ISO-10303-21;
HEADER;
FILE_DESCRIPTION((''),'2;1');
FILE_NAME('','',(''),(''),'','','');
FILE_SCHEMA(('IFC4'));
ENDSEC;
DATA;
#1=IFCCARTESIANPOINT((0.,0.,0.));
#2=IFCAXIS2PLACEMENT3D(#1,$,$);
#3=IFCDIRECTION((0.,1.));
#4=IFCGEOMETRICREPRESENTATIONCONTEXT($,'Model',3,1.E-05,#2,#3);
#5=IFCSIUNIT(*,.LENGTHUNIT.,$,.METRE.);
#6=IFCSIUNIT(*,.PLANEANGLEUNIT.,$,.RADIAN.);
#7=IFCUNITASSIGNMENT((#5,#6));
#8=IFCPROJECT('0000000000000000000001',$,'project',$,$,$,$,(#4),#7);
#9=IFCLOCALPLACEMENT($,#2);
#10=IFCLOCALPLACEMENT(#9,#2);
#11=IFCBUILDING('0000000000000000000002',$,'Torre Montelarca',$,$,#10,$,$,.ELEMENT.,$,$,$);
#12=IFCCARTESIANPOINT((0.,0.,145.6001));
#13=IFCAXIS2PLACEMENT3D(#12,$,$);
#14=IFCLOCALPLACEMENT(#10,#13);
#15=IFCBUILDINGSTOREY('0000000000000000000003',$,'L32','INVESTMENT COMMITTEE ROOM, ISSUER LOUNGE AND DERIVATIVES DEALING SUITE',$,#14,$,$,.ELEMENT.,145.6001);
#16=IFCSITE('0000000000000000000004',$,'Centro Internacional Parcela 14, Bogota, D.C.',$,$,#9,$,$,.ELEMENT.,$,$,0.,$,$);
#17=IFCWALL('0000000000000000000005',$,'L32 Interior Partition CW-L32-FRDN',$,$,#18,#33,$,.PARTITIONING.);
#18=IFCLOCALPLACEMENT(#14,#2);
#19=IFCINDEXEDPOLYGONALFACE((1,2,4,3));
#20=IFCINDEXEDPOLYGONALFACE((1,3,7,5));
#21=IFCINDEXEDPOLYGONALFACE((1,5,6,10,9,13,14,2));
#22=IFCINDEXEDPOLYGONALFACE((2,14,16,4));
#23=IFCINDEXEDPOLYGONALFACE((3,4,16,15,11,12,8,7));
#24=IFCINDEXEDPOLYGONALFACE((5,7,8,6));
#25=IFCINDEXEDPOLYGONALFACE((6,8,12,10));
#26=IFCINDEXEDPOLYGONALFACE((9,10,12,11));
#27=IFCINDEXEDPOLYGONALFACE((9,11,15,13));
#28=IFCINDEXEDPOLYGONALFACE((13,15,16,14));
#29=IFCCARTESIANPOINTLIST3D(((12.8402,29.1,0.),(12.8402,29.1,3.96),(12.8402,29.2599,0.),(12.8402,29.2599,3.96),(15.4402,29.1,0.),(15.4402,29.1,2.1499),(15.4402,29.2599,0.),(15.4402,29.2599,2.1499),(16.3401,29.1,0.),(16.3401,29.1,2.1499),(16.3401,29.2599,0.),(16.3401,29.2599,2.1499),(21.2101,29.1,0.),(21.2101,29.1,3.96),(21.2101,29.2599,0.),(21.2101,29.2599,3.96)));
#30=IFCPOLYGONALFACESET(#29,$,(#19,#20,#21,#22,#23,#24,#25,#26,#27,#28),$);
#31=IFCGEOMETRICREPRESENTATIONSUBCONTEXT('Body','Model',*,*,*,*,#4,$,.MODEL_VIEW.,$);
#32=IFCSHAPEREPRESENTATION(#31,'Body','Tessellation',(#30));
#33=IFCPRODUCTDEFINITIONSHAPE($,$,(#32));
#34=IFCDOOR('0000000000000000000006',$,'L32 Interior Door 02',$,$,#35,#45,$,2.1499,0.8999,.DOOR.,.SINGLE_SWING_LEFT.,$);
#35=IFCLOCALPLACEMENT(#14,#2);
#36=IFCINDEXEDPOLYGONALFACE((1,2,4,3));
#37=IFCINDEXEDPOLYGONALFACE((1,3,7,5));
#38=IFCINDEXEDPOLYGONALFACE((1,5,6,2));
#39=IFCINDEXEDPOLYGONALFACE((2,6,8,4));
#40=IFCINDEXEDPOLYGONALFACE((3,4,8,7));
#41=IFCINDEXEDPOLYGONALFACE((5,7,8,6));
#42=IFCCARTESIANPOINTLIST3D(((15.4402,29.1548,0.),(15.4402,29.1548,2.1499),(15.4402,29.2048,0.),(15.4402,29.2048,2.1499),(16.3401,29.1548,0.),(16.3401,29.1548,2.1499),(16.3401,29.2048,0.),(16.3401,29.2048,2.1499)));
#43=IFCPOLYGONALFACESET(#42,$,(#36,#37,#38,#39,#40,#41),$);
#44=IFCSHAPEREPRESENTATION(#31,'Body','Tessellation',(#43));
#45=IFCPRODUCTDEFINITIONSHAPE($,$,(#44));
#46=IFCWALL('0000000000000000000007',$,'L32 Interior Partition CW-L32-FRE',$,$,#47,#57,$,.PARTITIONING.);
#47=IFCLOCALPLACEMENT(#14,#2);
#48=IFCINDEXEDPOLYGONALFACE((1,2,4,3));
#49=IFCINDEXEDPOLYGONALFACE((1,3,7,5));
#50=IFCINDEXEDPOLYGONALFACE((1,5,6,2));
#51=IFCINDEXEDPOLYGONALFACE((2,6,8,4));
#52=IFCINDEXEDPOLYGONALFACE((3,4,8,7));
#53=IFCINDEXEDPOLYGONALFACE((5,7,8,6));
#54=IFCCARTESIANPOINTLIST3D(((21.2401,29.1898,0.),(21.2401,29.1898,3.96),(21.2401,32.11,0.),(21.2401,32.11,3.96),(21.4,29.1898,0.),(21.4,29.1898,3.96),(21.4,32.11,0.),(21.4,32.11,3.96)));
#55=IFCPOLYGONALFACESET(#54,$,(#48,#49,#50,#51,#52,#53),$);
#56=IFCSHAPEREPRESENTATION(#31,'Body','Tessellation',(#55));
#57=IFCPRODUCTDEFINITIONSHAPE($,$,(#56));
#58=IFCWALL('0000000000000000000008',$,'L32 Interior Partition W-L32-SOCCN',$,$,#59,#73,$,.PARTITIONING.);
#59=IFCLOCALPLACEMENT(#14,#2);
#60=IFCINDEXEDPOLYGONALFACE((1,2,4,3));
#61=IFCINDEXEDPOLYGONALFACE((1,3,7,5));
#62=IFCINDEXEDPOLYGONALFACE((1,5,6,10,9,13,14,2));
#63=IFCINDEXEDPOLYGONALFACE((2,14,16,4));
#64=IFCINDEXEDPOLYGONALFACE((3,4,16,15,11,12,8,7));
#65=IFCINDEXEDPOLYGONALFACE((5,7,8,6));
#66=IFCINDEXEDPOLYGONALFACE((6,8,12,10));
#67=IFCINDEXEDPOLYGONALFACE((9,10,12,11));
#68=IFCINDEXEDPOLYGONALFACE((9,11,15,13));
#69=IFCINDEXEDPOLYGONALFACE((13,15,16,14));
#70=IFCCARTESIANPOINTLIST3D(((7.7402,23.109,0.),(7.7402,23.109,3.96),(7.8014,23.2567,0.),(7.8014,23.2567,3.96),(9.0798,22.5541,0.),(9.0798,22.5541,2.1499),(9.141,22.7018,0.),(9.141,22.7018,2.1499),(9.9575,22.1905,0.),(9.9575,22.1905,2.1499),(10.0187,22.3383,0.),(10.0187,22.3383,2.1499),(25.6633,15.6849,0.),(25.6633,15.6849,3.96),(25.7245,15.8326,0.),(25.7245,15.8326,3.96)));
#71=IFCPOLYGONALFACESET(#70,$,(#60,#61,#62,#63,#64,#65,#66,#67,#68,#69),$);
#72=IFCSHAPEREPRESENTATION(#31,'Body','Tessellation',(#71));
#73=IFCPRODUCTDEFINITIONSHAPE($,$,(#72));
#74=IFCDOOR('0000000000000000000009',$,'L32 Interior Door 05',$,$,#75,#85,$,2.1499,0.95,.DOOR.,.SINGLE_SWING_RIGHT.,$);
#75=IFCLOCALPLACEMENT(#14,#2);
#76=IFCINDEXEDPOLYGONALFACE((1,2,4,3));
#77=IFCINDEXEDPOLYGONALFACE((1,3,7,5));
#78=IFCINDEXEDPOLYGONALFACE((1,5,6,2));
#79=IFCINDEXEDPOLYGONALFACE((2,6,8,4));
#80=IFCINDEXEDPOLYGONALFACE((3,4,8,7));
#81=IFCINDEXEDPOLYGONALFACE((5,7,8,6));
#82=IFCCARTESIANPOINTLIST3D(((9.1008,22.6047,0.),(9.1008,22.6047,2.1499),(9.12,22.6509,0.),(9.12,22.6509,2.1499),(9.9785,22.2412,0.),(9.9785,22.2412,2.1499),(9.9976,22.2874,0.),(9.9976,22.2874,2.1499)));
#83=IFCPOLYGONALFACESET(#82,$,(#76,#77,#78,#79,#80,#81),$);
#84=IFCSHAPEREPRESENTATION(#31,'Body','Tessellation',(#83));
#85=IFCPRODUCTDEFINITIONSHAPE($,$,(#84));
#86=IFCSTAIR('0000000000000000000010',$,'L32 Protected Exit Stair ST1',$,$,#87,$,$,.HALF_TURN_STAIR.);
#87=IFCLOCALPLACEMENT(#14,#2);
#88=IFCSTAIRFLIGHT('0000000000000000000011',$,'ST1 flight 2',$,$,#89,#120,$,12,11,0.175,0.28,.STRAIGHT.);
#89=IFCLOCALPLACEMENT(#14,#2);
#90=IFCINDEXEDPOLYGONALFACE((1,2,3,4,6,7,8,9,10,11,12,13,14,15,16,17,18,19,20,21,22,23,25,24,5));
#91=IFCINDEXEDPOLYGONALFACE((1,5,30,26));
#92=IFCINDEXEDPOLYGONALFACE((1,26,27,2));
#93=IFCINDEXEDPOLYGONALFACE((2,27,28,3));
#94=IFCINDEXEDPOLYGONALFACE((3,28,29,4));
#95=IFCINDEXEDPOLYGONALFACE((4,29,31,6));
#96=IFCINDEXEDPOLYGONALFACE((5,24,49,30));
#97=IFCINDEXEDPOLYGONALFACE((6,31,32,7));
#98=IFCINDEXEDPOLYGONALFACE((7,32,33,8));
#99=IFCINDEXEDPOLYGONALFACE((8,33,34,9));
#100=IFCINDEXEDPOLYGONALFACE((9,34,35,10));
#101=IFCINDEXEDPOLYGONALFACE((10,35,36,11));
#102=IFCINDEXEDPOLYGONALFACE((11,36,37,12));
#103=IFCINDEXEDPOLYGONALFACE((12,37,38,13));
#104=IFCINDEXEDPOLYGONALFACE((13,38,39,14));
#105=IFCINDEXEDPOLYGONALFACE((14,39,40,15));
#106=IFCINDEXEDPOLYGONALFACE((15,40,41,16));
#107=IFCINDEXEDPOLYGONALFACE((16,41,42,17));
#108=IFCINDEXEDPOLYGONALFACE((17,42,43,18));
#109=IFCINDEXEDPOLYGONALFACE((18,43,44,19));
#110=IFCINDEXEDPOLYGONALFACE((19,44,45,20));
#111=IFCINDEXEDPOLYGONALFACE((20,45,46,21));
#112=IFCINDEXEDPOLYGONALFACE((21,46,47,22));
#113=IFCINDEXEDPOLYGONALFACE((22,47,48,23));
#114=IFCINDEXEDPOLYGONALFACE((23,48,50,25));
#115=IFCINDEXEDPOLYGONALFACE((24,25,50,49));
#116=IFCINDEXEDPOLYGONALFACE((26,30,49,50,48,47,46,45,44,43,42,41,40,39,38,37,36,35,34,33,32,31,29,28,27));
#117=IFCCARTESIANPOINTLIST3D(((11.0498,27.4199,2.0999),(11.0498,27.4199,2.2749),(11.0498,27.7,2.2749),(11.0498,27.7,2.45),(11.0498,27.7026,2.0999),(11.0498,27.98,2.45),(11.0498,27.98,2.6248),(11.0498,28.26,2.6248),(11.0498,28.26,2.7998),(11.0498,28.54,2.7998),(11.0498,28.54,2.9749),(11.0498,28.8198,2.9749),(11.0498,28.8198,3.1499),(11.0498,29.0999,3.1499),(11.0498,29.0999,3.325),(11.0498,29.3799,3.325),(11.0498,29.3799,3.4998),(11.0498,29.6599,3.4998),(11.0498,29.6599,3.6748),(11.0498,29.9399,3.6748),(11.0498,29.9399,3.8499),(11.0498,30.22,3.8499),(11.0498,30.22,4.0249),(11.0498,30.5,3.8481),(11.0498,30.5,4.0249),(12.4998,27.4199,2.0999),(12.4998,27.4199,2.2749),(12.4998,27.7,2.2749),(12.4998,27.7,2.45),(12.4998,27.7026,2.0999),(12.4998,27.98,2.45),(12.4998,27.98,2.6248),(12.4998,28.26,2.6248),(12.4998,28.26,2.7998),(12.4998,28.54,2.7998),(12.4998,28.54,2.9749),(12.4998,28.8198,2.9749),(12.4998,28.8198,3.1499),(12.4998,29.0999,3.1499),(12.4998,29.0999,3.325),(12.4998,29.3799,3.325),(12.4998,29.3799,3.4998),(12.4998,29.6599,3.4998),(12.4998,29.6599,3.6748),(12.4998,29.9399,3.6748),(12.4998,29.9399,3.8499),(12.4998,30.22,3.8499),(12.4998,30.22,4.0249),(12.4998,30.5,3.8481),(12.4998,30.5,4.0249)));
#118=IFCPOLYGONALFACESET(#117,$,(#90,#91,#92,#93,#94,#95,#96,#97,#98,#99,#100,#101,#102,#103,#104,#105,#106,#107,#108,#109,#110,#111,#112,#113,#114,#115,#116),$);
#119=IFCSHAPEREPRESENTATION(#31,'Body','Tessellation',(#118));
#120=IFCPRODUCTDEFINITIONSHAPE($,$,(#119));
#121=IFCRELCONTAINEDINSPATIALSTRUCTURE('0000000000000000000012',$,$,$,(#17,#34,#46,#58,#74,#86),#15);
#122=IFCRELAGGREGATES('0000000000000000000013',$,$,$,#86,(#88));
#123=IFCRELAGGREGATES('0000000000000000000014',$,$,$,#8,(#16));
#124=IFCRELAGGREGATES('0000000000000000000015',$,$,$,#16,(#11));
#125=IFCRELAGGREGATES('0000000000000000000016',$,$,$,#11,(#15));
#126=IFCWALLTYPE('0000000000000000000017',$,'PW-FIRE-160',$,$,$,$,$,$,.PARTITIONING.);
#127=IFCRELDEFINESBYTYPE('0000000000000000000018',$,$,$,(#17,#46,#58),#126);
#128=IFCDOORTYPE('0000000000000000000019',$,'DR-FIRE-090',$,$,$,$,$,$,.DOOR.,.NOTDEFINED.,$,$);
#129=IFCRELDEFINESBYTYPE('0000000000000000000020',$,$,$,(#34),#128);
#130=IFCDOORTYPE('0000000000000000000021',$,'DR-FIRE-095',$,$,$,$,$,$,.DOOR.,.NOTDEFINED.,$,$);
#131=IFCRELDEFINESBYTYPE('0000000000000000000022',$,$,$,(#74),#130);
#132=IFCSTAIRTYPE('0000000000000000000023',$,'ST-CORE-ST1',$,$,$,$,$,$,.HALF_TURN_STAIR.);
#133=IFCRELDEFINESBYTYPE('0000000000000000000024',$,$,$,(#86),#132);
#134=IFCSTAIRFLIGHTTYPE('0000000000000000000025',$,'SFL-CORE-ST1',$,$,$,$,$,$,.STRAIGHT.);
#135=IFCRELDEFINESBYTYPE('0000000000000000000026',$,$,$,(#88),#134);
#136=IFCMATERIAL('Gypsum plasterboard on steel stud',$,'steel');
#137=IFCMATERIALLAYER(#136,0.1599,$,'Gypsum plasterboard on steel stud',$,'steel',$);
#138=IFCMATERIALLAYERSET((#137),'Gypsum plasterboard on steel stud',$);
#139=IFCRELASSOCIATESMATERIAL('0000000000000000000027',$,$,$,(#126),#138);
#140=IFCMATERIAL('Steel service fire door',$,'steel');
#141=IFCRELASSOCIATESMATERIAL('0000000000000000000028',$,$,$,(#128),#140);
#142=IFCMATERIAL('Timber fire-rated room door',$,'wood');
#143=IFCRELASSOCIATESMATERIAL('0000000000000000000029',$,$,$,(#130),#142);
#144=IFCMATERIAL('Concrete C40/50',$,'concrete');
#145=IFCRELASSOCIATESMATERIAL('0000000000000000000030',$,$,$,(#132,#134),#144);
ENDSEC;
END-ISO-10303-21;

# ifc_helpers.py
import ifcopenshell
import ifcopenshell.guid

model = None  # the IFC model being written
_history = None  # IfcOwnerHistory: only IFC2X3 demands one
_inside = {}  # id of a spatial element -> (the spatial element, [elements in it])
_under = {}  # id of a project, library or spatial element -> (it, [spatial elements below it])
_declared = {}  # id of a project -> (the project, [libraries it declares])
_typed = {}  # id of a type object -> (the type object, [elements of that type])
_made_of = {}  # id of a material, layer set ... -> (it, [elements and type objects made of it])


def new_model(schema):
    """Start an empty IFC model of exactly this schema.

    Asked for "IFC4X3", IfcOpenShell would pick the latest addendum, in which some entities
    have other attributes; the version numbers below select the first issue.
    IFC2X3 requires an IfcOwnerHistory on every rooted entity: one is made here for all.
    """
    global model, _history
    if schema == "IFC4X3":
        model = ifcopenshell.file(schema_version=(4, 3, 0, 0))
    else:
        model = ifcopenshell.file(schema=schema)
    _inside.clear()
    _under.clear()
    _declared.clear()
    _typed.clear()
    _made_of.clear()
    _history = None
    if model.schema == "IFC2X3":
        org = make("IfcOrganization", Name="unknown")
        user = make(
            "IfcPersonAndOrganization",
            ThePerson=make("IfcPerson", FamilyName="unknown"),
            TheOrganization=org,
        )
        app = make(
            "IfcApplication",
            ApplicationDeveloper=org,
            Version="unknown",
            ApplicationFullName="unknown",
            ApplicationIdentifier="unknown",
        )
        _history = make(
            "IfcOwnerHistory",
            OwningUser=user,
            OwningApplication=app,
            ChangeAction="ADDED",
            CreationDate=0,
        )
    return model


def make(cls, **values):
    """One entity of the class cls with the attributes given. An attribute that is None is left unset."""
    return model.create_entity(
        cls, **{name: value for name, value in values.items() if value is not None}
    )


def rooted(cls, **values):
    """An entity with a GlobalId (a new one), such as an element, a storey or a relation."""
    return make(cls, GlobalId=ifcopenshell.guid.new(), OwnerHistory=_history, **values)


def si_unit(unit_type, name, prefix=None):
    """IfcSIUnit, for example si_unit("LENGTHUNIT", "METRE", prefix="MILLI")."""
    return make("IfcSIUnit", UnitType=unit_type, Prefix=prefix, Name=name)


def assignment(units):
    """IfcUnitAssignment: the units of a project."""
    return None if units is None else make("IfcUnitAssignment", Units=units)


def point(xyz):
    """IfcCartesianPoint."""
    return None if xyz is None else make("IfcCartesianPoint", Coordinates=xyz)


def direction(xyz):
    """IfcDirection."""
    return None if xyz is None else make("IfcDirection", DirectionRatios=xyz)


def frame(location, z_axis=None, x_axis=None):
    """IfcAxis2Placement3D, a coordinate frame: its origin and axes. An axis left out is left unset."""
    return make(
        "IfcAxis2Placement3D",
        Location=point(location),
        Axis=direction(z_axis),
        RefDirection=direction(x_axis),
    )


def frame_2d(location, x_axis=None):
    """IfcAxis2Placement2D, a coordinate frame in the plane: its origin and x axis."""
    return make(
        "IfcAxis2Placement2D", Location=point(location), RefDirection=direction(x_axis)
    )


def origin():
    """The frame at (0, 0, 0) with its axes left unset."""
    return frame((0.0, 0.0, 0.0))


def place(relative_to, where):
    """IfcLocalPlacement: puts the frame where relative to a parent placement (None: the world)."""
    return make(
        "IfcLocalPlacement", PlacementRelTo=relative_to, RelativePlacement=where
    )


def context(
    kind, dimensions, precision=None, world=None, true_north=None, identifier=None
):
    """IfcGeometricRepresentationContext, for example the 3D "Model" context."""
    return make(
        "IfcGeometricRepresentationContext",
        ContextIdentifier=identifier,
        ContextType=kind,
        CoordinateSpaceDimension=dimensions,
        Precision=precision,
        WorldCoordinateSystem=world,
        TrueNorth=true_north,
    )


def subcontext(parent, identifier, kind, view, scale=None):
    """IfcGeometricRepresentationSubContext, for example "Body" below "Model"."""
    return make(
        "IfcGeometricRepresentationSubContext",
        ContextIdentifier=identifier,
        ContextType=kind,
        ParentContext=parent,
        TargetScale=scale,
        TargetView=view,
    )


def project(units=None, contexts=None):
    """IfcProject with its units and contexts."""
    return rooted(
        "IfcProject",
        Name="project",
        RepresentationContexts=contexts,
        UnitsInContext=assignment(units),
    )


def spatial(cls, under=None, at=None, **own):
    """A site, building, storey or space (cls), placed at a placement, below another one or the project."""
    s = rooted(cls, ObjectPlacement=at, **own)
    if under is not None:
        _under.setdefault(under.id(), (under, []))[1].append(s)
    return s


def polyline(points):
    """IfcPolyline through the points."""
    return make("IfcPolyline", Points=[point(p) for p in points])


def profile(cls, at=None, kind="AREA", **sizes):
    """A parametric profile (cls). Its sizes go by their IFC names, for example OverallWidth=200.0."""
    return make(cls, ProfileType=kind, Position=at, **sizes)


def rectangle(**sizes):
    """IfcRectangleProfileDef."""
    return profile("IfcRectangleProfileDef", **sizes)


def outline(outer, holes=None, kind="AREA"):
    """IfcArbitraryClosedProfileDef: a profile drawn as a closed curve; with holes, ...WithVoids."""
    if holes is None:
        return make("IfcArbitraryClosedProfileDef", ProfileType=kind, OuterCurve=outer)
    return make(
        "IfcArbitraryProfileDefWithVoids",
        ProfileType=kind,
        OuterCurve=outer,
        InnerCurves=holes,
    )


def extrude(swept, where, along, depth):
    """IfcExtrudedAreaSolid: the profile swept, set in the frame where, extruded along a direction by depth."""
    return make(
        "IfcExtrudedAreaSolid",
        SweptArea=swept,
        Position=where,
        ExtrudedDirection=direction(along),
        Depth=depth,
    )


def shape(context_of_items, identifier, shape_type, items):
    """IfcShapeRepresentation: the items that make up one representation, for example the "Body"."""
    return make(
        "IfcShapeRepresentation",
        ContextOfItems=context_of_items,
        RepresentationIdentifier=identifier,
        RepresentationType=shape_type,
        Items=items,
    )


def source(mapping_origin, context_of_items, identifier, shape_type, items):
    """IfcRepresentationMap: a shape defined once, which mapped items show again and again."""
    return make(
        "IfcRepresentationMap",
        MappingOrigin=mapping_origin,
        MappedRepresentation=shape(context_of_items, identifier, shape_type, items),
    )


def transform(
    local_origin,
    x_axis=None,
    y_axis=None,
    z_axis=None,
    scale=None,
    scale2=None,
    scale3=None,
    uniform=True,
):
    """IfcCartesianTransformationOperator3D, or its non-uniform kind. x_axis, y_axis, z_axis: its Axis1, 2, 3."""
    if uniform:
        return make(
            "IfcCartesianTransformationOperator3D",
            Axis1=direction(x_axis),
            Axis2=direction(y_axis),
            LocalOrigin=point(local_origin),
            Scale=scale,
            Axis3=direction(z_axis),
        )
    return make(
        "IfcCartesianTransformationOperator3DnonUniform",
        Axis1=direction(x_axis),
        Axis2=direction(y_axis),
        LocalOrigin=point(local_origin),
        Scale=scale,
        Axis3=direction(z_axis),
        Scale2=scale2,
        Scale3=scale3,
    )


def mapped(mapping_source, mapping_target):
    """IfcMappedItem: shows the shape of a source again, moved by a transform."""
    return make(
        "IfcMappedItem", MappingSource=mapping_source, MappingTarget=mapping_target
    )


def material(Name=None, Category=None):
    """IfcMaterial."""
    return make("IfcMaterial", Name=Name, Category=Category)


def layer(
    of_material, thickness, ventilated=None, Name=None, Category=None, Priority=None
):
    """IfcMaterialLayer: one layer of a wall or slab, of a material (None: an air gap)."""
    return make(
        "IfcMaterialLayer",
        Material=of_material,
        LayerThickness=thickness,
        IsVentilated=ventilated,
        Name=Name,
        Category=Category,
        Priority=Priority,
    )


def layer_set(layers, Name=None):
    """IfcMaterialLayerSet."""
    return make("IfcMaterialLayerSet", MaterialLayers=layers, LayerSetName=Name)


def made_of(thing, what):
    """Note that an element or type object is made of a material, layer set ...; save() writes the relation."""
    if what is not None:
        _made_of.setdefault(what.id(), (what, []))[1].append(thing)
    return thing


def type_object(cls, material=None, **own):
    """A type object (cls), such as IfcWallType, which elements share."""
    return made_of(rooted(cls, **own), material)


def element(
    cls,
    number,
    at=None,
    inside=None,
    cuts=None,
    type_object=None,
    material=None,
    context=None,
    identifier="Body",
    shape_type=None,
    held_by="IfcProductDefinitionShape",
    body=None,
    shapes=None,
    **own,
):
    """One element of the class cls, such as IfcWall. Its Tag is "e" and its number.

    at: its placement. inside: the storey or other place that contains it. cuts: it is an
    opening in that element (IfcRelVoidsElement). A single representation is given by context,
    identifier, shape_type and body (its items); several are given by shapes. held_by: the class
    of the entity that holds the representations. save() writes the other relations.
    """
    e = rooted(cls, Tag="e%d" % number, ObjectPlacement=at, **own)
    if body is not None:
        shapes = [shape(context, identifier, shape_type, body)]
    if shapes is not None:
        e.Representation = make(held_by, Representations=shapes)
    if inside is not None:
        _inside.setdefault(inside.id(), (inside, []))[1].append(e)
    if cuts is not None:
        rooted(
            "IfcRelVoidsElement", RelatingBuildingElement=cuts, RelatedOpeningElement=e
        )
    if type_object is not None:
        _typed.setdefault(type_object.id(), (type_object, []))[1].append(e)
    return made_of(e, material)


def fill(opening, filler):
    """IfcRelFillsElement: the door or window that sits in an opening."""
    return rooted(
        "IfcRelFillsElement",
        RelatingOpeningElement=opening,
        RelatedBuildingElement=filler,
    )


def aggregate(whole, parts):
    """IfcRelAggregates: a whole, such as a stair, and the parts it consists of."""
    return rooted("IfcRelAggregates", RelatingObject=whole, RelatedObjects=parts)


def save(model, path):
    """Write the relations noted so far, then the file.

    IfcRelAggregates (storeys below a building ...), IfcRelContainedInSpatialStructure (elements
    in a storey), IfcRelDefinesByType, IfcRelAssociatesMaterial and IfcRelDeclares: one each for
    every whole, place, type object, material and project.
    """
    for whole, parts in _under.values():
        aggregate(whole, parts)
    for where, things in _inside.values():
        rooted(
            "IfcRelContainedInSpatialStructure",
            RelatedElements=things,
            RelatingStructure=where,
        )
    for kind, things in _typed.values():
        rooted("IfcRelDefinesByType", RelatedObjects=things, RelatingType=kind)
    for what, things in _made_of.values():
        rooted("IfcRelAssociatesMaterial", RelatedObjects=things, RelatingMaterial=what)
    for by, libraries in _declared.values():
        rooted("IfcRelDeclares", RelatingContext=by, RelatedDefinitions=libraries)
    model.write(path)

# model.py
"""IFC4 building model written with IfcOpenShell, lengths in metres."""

from ifc_helpers import new_model, si_unit, direction, frame, frame_2d, origin, place, context, subcontext, project, spatial, polyline, rectangle, outline, extrude, source, transform, mapped, material, layer, layer_set, type_object, element, fill, aggregate, save


model = new_model("IFC4")

# Units and contexts
model_context = context("Model", 3, precision=1e-05, world=origin(), true_north=direction((0.0, 1.0)))
body_context = subcontext(model_context, "Body", "Model", "MODEL_VIEW")
ifc_project = project(units=[si_unit("LENGTHUNIT", "METRE"), si_unit("PLANEANGLEUNIT", "RADIAN")], contexts=[model_context])

# Site, building, storey
site_placement = place(None, origin())
site = spatial("IfcSite", under=ifc_project, at=site_placement, Name="Centro Internacional Parcela 14, Bogota, D.C.", CompositionType="ELEMENT", RefElevation=0.0)
building_placement = place(site_placement, origin())
building = spatial("IfcBuilding", under=site, at=building_placement, Name="Torre Montelarca", CompositionType="ELEMENT")
storey_placement = place(building_placement, frame((0.0, 0.0, 145.6001)))
storey = spatial("IfcBuildingStorey", under=building, at=storey_placement, Name="L32", Description="INVESTMENT COMMITTEE ROOM, ISSUER LOUNGE AND DERIVATIVES DEALING SUITE", CompositionType="ELEMENT", Elevation=145.6001)

# Shared definitions
ifc_material_1 = material(Name="Concrete C40/50", Category="concrete")

# Wall, opening, door
ifc_material_2 = material(Name="Gypsum plasterboard on steel stud", Category="steel")
ifc_layer_1 = layer(ifc_material_2, 0.1599, Name="Gypsum plasterboard on steel stud", Category="steel")
ifc_layer_set_1 = layer_set([ifc_layer_1], Name="Gypsum plasterboard on steel stud")
wall_type_1 = type_object("IfcWallType", Name="PW-FIRE-160", PredefinedType="PARTITIONING", material=ifc_layer_set_1)
wall_1_placement = place(storey_placement, frame((12.8401, 29.1799, 0.0), z_axis=(0.0, 0.0, 1.0), x_axis=(1.0, 0.0, 0.0)))
wall_1 = element("IfcWall", 1, at=wall_1_placement, inside=storey, type_object=wall_type_1, Name="L32 Interior Partition CW-L32-FRDN", PredefinedType="PARTITIONING", context=body_context, shape_type="SweptSolid", body=[
    extrude(rectangle(XDim=8.3699, YDim=0.1599, at=frame_2d((4.1851, 0.0))), origin(), (0.0, 0.0, 1.0), 3.96),
])
opening_1_placement = place(wall_1_placement, frame((2.6001, 0.0, 0.0)))
opening_1 = element("IfcOpeningElement", 2, at=opening_1_placement, cuts=wall_1, PredefinedType="OPENING", context=body_context, shape_type="SweptSolid", body=[
    extrude(rectangle(XDim=0.8999, YDim=2.1499, at=frame_2d((0.45, 1.075))), frame((0.0, 0.0898, 0.0), z_axis=(0.0, -1.0, 0.0), x_axis=(1.0, 0.0, 0.0)), (0.0, 0.0, 1.0), 0.1799),
])
ifc_material_3 = material(Name="Steel service fire door", Category="steel")
door_type_1 = type_object("IfcDoorType", Name="DR-FIRE-090", OperationType="NOTDEFINED", PredefinedType="DOOR", material=ifc_material_3)
shared_shape_1 = source(origin(), body_context, "Body", "SweptSolid", [
    extrude(rectangle(XDim=0.8999, YDim=2.1499, at=frame_2d((0.45, 1.075))), frame((0.0, 0.0249, 0.0), z_axis=(0.0, -1.0, 0.0), x_axis=(1.0, 0.0, 0.0)), (0.0, 0.0, 1.0), 0.05),
])
door_1_placement = place(opening_1_placement, origin())
door_1 = element("IfcDoor", 3, at=door_1_placement, inside=storey, type_object=door_type_1, Name="L32 Interior Door 02", OperationType="SINGLE_SWING_LEFT", OverallHeight=2.1499, OverallWidth=0.8999, PredefinedType="DOOR", context=body_context, shape_type="MappedRepresentation", body=[
    mapped(shared_shape_1, transform((0.0, 0.0, 0.0), scale=1.0)),
])
fill(opening_1, door_1)

# Wall
wall_2_placement = place(storey_placement, frame((21.3201, 29.1899, 0.0), z_axis=(0.0, 0.0, 1.0), x_axis=(0.0, 1.0, 0.0)))
element("IfcWall", 4, at=wall_2_placement, inside=storey, type_object=wall_type_1, Name="L32 Interior Partition CW-L32-FRE", PredefinedType="PARTITIONING", context=body_context, shape_type="SweptSolid", body=[
    extrude(rectangle(XDim=2.9202, YDim=0.1599, at=frame_2d((1.46, 0.0))), origin(), (0.0, 0.0, 1.0), 3.96),
])

# Wall, opening, door
wall_3_placement = place(storey_placement, frame((7.7708, 23.1829, 0.0), z_axis=(0.0, 0.0, 1.0), x_axis=(0.923878, -0.382687, 0.0)))
wall_3 = element("IfcWall", 5, at=wall_3_placement, inside=storey, type_object=wall_type_1, Name="L32 Interior Partition W-L32-SOCCN", PredefinedType="PARTITIONING", context=body_context, shape_type="SweptSolid", body=[
    extrude(rectangle(XDim=19.3999, YDim=0.1599, at=frame_2d((9.7, 0.0))), origin(), (0.0, 0.0, 1.0), 3.96),
])
opening_2_placement = place(wall_3_placement, frame((1.45, 0.0, 0.0)))
opening_2 = element("IfcOpeningElement", 6, at=opening_2_placement, cuts=wall_3, PredefinedType="OPENING", context=body_context, shape_type="SweptSolid", body=[
    extrude(rectangle(XDim=0.95, YDim=2.1499, at=frame_2d((0.4751, 1.075))), frame((0.0, 0.0898, 0.0), z_axis=(0.0, -1.0, 0.0), x_axis=(1.0, 0.0, 0.0)), (0.0, 0.0, 1.0), 0.1799),
])
ifc_material_4 = material(Name="Timber fire-rated room door", Category="wood")
door_type_2 = type_object("IfcDoorType", Name="DR-FIRE-095", OperationType="NOTDEFINED", PredefinedType="DOOR", material=ifc_material_4)
shared_shape_2 = source(origin(), body_context, "Body", "SweptSolid", [
    extrude(rectangle(XDim=0.95, YDim=2.1499, at=frame_2d((0.4751, 1.075))), frame((0.0, 0.0249, 0.0), z_axis=(0.0, -1.0, 0.0), x_axis=(1.0, 0.0, 0.0)), (0.0, 0.0, 1.0), 0.05),
])
door_2_placement = place(opening_2_placement, origin())
door_2 = element("IfcDoor", 7, at=door_2_placement, inside=storey, type_object=door_type_2, Name="L32 Interior Door 05", OperationType="SINGLE_SWING_RIGHT", OverallHeight=2.1499, OverallWidth=0.95, PredefinedType="DOOR", context=body_context, shape_type="MappedRepresentation", body=[
    mapped(shared_shape_2, transform((0.0, 0.0, 0.0), scale=1.0)),
])
fill(opening_2, door_2)

# Stair, stair flight
stair_type = type_object("IfcStairType", Name="ST-CORE-ST1", PredefinedType="HALF_TURN_STAIR", material=ifc_material_1)
stair_placement = place(storey_placement, origin())
stair = element("IfcStair", 8, at=stair_placement, inside=storey, type_object=stair_type, Name="L32 Protected Exit Stair ST1", PredefinedType="HALF_TURN_STAIR")
stair_flight_type = type_object("IfcStairFlightType", Name="SFL-CORE-ST1", PredefinedType="STRAIGHT", material=ifc_material_1)
stair_flight_placement = place(storey_placement, frame((11.7749, 27.4199, 2.0999), z_axis=(0.0, 0.0, 1.0), x_axis=(0.0, 1.0, 0.0)))
stair_flight = element("IfcStairFlight", 9, at=stair_flight_placement, type_object=stair_flight_type, Name="ST1 flight 2", NumberOfRisers=12, NumberOfTreads=11, PredefinedType="STRAIGHT", RiserHeight=0.175, TreadLength=0.28, context=body_context, shape_type="SweptSolid", body=[
    extrude(outline(polyline([(0.0, 0.0), (0.0, 0.175), (0.28, 0.175), (0.28, 0.3501), (0.5601, 0.3501), (0.5601, 0.5249), (0.8401, 0.5249), (0.8401, 0.7), (1.1201, 0.7), (1.1201, 0.875), (1.3999, 0.875), (1.3999, 1.05), (1.6799, 1.05), (1.6799, 1.2251), (1.96, 1.2251), (1.96, 1.3999), (2.24, 1.3999), (2.24, 1.575), (2.52, 1.575), (2.52, 1.75), (2.8, 1.75), (2.8, 1.925), (3.0801, 1.925), (3.0801, 2.1001), (3.0801, 1.7483), (0.2827, 0.0), (0.0, 0.0)])), frame((0.0, 0.7251, 0.0), z_axis=(0.0, -1.0, 0.0), x_axis=(1.0, 0.0, 0.0)), (0.0, 0.0, 1.0), 1.45),
])
aggregate(stair, [stair_flight])

save(model, "model.ifc")
